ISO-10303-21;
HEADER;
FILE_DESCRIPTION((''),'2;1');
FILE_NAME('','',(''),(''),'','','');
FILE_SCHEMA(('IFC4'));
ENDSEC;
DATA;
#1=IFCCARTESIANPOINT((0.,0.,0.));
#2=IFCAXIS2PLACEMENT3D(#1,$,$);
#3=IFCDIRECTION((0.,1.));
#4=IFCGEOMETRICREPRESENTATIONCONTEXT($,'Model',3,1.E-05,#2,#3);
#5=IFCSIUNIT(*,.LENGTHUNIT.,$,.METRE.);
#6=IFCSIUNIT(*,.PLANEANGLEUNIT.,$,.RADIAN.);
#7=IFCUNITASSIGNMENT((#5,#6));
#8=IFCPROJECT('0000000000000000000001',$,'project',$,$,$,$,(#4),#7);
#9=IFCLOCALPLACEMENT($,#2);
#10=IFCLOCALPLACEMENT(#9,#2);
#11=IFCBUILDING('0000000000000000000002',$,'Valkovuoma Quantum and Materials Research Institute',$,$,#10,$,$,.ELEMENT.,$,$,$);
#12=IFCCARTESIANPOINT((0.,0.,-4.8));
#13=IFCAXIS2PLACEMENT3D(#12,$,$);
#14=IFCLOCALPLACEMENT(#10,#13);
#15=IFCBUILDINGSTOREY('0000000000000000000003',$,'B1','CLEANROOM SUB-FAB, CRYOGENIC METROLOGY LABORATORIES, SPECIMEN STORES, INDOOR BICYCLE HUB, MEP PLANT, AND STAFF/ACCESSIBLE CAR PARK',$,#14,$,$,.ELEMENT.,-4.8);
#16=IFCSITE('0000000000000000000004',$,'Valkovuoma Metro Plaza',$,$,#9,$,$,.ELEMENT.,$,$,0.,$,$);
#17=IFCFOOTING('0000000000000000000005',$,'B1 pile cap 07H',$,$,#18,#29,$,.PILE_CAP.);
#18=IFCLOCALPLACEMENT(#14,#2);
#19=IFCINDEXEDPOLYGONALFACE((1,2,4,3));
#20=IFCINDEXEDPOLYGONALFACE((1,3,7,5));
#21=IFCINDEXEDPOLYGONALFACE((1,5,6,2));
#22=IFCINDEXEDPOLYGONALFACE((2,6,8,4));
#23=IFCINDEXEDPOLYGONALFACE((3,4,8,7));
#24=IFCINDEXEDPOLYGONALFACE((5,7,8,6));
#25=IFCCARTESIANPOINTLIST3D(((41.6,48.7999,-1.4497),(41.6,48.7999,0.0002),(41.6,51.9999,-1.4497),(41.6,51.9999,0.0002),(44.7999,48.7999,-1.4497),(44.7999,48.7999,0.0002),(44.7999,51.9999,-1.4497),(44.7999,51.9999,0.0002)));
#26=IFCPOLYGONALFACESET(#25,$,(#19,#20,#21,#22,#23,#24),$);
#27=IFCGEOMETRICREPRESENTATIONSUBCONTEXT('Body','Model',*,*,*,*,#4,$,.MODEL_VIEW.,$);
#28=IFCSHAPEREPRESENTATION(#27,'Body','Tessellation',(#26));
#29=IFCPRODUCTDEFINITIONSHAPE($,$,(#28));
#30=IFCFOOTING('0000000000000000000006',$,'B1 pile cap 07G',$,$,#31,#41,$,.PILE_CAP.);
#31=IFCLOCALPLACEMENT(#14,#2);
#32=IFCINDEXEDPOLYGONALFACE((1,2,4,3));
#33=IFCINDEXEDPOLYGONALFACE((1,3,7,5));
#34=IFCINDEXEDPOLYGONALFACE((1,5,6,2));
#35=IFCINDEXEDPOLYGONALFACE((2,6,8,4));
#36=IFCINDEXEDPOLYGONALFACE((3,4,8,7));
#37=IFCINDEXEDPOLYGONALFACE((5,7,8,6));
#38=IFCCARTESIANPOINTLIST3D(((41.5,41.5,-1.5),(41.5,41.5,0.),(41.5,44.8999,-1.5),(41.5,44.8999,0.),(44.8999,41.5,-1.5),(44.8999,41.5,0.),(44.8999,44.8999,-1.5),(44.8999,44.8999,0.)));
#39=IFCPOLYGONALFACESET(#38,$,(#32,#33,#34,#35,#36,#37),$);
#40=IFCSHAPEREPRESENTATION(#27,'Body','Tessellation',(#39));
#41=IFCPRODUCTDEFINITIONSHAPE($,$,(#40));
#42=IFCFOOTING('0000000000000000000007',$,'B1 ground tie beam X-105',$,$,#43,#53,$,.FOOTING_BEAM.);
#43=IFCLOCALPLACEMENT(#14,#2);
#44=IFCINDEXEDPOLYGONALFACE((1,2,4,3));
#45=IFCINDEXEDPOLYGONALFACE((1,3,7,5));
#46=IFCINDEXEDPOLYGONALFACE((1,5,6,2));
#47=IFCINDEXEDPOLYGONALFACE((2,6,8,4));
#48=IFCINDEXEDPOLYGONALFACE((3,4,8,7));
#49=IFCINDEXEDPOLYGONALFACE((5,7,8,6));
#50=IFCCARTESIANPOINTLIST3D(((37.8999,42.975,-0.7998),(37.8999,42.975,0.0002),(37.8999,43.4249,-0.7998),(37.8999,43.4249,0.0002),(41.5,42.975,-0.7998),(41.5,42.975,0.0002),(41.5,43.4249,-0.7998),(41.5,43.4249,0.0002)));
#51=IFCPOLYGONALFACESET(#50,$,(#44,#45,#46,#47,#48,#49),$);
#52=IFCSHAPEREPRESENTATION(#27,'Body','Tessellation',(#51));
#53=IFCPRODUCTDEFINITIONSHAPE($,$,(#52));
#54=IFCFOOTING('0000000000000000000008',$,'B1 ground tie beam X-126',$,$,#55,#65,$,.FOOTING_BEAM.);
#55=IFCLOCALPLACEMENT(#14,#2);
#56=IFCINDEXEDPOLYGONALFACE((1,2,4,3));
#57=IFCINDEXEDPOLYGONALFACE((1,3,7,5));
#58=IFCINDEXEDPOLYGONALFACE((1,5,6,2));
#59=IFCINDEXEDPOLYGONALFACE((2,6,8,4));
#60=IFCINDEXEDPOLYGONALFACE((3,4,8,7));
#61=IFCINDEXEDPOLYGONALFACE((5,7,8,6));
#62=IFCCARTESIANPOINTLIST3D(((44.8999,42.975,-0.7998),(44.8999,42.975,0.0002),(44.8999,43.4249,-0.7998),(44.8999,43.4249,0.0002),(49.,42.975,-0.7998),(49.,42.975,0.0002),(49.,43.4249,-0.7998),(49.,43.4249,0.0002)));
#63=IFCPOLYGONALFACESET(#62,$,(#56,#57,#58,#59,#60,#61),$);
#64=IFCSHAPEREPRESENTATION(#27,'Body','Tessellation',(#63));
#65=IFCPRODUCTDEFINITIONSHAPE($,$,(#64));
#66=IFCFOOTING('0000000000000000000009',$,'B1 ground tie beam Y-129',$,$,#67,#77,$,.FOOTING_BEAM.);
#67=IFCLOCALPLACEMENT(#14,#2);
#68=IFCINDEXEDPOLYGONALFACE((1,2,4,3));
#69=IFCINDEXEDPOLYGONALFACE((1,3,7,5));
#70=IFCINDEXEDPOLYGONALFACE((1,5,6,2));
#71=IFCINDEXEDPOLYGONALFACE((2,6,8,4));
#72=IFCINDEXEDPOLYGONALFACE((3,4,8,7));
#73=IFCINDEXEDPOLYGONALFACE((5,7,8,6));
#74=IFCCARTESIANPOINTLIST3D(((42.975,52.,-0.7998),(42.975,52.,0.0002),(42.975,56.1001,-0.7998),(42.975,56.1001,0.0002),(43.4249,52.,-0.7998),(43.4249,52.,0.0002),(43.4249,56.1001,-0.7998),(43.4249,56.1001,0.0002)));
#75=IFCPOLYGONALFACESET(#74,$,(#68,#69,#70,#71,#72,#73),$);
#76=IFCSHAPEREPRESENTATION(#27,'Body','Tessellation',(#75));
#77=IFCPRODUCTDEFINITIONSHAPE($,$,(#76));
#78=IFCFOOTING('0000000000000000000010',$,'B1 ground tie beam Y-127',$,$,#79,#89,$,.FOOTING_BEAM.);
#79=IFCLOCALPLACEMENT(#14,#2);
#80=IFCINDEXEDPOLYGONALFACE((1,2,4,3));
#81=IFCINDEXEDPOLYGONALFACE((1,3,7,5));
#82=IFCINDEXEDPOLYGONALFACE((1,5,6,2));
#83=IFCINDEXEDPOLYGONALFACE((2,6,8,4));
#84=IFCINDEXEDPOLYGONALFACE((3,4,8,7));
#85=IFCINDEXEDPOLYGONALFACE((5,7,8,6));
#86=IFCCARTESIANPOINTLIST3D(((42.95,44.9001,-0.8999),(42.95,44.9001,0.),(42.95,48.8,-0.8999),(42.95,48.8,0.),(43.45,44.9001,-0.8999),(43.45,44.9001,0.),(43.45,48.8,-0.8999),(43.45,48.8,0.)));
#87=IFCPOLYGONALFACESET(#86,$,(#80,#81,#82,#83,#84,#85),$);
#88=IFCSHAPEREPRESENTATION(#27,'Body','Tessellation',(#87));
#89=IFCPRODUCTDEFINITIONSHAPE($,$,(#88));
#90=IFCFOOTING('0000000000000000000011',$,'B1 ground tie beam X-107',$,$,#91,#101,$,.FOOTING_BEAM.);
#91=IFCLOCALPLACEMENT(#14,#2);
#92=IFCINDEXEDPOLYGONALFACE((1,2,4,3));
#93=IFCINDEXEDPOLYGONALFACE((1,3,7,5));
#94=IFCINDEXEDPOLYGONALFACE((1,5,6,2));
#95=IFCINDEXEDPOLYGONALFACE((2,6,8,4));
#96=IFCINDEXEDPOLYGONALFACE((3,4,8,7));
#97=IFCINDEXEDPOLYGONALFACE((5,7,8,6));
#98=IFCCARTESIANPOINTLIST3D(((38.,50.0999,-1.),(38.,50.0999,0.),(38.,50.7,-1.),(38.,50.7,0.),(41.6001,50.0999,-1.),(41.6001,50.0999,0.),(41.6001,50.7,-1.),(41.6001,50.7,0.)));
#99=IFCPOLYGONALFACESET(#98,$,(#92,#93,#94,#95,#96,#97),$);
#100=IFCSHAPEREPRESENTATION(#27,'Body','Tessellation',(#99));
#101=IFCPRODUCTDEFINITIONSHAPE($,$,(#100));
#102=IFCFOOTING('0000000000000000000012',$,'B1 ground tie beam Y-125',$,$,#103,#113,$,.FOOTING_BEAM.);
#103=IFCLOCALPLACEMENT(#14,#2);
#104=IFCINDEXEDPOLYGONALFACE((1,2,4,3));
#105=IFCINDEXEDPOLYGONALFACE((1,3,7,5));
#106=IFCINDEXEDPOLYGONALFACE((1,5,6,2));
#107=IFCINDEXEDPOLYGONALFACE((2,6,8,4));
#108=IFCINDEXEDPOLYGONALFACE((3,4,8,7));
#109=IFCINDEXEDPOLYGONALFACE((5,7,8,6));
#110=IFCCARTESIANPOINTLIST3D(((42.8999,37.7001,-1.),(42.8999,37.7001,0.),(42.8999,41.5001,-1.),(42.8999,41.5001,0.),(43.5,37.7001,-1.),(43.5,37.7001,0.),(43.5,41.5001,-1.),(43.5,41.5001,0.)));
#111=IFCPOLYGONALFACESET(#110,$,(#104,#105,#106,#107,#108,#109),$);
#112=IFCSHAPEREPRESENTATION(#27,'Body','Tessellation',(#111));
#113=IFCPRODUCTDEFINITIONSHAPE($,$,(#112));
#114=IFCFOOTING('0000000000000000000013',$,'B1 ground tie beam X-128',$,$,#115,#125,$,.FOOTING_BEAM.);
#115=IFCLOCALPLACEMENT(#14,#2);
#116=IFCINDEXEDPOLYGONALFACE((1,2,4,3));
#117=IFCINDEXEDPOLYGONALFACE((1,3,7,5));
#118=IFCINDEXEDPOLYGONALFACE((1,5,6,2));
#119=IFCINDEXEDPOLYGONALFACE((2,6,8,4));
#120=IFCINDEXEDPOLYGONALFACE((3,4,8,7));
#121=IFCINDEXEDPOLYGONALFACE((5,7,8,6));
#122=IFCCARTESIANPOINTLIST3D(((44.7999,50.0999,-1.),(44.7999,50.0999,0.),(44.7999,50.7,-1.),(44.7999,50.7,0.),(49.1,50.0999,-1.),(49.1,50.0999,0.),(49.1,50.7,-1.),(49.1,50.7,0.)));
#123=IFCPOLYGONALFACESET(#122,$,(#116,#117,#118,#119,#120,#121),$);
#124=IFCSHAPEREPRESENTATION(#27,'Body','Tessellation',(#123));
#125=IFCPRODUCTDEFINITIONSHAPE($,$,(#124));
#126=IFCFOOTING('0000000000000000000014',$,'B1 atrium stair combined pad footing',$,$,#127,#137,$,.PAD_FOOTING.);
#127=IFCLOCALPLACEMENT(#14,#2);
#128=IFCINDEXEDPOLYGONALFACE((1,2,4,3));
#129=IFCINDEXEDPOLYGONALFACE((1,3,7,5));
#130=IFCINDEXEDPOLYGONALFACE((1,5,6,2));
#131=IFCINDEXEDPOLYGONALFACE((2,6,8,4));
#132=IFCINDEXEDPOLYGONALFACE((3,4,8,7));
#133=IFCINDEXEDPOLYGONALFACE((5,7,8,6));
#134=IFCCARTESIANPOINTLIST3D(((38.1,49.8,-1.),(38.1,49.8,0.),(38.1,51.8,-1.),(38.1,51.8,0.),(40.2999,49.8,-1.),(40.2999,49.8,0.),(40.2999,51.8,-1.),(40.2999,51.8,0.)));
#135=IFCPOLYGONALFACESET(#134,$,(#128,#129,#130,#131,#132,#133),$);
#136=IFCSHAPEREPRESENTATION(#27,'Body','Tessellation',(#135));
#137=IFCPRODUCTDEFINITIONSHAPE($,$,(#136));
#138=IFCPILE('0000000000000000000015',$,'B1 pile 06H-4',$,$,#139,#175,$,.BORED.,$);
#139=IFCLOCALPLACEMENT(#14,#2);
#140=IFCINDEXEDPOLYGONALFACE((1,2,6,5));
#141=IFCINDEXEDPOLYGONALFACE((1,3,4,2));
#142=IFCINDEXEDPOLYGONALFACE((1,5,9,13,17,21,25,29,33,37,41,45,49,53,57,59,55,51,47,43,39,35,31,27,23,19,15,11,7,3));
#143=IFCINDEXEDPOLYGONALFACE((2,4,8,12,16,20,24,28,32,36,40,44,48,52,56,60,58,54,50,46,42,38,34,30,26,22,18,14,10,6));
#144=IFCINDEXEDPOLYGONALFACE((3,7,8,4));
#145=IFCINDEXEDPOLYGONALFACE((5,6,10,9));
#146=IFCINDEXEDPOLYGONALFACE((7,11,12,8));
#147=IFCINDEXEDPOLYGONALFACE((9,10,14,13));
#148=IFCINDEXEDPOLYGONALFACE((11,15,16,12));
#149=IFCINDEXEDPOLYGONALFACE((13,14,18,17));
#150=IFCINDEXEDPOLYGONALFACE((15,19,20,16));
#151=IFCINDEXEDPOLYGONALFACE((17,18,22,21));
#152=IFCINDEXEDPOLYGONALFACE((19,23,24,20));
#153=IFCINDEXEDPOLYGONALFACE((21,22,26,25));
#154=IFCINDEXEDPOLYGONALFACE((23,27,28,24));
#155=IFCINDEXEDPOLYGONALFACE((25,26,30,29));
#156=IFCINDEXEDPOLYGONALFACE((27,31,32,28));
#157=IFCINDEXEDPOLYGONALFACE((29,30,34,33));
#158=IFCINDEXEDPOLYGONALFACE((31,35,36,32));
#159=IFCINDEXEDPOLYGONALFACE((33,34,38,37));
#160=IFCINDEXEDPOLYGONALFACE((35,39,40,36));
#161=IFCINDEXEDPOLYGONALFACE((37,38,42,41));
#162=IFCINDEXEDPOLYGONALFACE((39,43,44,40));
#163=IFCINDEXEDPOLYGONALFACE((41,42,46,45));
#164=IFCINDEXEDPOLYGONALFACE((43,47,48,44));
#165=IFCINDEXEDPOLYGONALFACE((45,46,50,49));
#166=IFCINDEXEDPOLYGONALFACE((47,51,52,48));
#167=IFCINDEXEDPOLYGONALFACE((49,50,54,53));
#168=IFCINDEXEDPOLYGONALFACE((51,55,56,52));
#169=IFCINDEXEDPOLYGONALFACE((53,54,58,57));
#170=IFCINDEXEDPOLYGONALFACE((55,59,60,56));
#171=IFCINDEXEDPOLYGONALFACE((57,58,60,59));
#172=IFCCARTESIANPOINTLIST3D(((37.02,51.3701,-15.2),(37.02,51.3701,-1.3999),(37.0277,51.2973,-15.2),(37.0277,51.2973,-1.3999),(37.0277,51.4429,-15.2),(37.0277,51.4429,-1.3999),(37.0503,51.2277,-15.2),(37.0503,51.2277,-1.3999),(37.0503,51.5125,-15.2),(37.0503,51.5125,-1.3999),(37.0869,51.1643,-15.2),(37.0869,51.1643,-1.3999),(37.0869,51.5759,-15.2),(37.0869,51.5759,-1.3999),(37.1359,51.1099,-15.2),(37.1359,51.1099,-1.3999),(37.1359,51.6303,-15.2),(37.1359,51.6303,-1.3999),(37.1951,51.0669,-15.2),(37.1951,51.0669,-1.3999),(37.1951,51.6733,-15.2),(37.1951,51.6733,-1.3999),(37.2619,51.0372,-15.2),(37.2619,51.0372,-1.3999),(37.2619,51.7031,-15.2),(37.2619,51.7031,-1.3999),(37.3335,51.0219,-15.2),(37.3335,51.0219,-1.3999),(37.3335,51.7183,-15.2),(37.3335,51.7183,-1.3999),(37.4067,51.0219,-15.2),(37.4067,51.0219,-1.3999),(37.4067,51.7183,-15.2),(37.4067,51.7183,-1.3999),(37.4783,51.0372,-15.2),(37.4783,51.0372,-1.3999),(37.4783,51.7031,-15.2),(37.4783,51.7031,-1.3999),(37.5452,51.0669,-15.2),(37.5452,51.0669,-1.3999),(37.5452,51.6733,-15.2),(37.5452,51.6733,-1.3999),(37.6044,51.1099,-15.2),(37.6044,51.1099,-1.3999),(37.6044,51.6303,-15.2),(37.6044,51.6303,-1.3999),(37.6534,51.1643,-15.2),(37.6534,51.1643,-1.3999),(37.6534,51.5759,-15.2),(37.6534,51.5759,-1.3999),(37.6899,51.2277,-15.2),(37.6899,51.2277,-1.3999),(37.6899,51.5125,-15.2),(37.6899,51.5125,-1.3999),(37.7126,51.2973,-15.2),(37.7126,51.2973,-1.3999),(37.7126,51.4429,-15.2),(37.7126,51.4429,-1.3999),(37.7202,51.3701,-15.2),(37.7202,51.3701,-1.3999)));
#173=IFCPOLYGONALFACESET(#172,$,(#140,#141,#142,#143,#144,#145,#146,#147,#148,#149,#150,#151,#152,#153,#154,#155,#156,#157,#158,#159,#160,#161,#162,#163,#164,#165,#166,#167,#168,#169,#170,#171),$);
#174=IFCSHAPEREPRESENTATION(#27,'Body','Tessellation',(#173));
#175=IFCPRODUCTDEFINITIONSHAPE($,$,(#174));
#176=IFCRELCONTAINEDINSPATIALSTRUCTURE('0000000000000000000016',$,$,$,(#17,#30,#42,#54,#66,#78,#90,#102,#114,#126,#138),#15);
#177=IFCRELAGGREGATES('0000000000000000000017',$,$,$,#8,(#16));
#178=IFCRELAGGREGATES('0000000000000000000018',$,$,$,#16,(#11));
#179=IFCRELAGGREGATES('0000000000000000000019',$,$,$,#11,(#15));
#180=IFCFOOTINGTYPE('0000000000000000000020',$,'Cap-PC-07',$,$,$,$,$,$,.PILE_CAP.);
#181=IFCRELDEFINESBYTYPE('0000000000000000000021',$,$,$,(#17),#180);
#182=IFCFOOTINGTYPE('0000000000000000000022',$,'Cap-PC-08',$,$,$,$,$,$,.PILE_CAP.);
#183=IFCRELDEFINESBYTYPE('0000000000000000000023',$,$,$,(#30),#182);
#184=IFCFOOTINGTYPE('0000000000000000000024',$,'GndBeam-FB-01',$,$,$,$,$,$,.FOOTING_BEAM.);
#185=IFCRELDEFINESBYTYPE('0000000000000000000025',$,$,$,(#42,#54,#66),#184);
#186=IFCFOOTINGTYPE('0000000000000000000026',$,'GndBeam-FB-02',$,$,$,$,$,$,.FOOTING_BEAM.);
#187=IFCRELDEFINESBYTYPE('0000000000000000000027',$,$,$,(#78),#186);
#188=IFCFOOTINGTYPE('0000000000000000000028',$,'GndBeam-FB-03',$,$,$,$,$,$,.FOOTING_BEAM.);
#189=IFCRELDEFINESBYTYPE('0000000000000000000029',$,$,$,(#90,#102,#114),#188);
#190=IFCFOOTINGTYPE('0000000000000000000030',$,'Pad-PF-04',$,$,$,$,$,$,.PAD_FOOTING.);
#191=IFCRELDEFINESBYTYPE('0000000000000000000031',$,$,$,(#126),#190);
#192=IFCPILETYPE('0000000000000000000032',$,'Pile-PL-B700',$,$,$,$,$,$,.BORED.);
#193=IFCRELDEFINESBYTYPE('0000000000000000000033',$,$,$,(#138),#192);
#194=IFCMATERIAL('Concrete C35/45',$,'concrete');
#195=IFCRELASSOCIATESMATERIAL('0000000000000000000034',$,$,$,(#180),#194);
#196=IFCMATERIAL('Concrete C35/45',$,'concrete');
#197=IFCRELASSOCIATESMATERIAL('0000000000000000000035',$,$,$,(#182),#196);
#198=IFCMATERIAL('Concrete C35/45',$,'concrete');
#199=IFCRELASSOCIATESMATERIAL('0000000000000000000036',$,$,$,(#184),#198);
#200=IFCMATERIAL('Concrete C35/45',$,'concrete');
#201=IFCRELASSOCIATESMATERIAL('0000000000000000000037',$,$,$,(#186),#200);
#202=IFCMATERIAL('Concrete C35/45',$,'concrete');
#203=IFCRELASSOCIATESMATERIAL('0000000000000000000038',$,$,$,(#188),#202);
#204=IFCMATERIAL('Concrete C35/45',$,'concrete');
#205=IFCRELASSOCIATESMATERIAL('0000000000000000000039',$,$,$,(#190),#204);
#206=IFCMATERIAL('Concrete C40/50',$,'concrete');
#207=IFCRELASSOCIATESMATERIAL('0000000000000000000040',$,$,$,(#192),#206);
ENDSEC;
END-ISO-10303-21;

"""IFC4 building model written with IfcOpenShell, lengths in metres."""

from ifc_helpers import new_model, si_unit, direction, frame, origin, origin_2d, place, context, subcontext, project, spatial, rectangle, circle, extrude, material, material_profile, profile_set, type_object, element, save


model = new_model("IFC4")

# Units and contexts
model_context = context("Model", 3, precision=1e-05, world=origin(), true_north=direction((0.0, 1.0)))
body_context = subcontext(model_context, "Body", "Model", "MODEL_VIEW")
ifc_project = project(units=[si_unit("LENGTHUNIT", "METRE"), si_unit("PLANEANGLEUNIT", "RADIAN")], contexts=[model_context])

# Site, building, storey
site_placement = place(None, origin())
site = spatial("IfcSite", under=ifc_project, at=site_placement, Name="Valkovuoma Metro Plaza", CompositionType="ELEMENT", RefElevation=0.0)
building_placement = place(site_placement, origin())
building = spatial("IfcBuilding", under=site, at=building_placement, Name="Valkovuoma Quantum and Materials Research Institute", CompositionType="ELEMENT")
storey_placement = place(building_placement, frame((0.0, 0.0, -4.8)))
storey = spatial("IfcBuildingStorey", under=building, at=storey_placement, Name="B1", Description="CLEANROOM SUB-FAB, CRYOGENIC METROLOGY LABORATORIES, SPECIMEN STORES, INDOOR BICYCLE HUB, MEP PLANT, AND STAFF/ACCESSIBLE CAR PARK", CompositionType="ELEMENT", Elevation=-4.8)

# Footings
ifc_material_1 = material(Name="Concrete C35/45", Category="concrete")
footing_type_1 = type_object("IfcFootingType", Name="Cap-PC-07", PredefinedType="PILE_CAP", material=ifc_material_1)
footing_1_placement = place(storey_placement, frame((43.2, 50.3999, -1.4497), z_axis=(0.0, 0.0, 1.0), x_axis=(1.0, 0.0, 0.0)))
element("IfcFooting", 1, at=footing_1_placement, inside=storey, type_object=footing_type_1, Name="B1 pile cap 07H", PredefinedType="PILE_CAP", context=body_context, shape_type="SweptSolid", body=[
    extrude(rectangle(XDim=3.2, YDim=3.2, at=origin_2d()), origin(), (0.0, 0.0, 1.0), 1.45),
])
ifc_material_2 = material(Name="Concrete C35/45", Category="concrete")
footing_type_2 = type_object("IfcFootingType", Name="Cap-PC-08", PredefinedType="PILE_CAP", material=ifc_material_2)
footing_2_placement = place(storey_placement, frame((43.2, 43.2, -1.5), z_axis=(0.0, 0.0, 1.0), x_axis=(1.0, 0.0, 0.0)))
element("IfcFooting", 2, at=footing_2_placement, inside=storey, type_object=footing_type_2, Name="B1 pile cap 07G", PredefinedType="PILE_CAP", context=body_context, shape_type="SweptSolid", body=[
    extrude(rectangle(XDim=3.3999, YDim=3.3999, at=origin_2d()), origin(), (0.0, 0.0, 1.0), 1.5),
])
ifc_material_3 = material(Name="Concrete C35/45", Category="concrete")
footing_type_3 = type_object("IfcFootingType", Name="GndBeam-FB-01", PredefinedType="FOOTING_BEAM", material=ifc_material_3)
footing_3_placement = place(storey_placement, frame((39.7, 43.2, -0.7998), z_axis=(0.0, 0.0, 1.0), x_axis=(1.0, 0.0, 0.0)))
element("IfcFooting", 3, at=footing_3_placement, inside=storey, type_object=footing_type_3, Name="B1 ground tie beam X-105", PredefinedType="FOOTING_BEAM", context=body_context, shape_type="SweptSolid", body=[
    extrude(rectangle(XDim=3.6001, YDim=0.45, at=origin_2d()), origin(), (0.0, 0.0, 1.0), 0.8),
])
for number, where, z_axis, x_axis, name in (
    (4, (46.95, 43.2, -0.7998), (0.0, 0.0, 1.0), (1.0, 0.0, 0.0), "B1 ground tie beam X-126"),
    (5, (43.2, 54.05, -0.7998), (0.0, 0.0, 1.0), (0.0, 1.0, 0.0), "B1 ground tie beam Y-129"),
):
    element("IfcFooting", number, at=place(storey_placement, frame(where, z_axis=z_axis, x_axis=x_axis)), inside=storey, type_object=footing_type_3, Name=name, PredefinedType="FOOTING_BEAM", context=body_context, shape_type="SweptSolid", body=[
        extrude(rectangle(XDim=4.1001, YDim=0.45, at=origin_2d()), origin(), (0.0, 0.0, 1.0), 0.8),
    ])
ifc_material_4 = material(Name="Concrete C35/45", Category="concrete")
footing_type_4 = type_object("IfcFootingType", Name="GndBeam-FB-02", PredefinedType="FOOTING_BEAM", material=ifc_material_4)
footing_4_placement = place(storey_placement, frame((43.2, 46.8501, -0.8999), z_axis=(0.0, 0.0, 1.0), x_axis=(0.0, 1.0, 0.0)))
element("IfcFooting", 6, at=footing_4_placement, inside=storey, type_object=footing_type_4, Name="B1 ground tie beam Y-127", PredefinedType="FOOTING_BEAM", context=body_context, shape_type="SweptSolid", body=[
    extrude(rectangle(XDim=3.8999, YDim=0.5, at=origin_2d()), origin(), (0.0, 0.0, 1.0), 0.8999),
])
ifc_material_5 = material(Name="Concrete C35/45", Category="concrete")
footing_type_5 = type_object("IfcFootingType", Name="GndBeam-FB-03", PredefinedType="FOOTING_BEAM", material=ifc_material_5)
footing_5_placement = place(storey_placement, frame((39.8, 50.3999, -1.0), z_axis=(0.0, 0.0, 1.0), x_axis=(1.0, 0.0, 0.0)))
element("IfcFooting", 7, at=footing_5_placement, inside=storey, type_object=footing_type_5, Name="B1 ground tie beam X-107", PredefinedType="FOOTING_BEAM", context=body_context, shape_type="SweptSolid", body=[
    extrude(rectangle(XDim=3.6001, YDim=0.6001, at=origin_2d()), origin(), (0.0, 0.0, 1.0), 1.0),
])
footing_6_placement = place(storey_placement, frame((43.2, 39.6001, -1.0), z_axis=(0.0, 0.0, 1.0), x_axis=(0.0, 1.0, 0.0)))
element("IfcFooting", 8, at=footing_6_placement, inside=storey, type_object=footing_type_5, Name="B1 ground tie beam Y-125", PredefinedType="FOOTING_BEAM", context=body_context, shape_type="SweptSolid", body=[
    extrude(rectangle(XDim=3.8, YDim=0.6001, at=origin_2d()), origin(), (0.0, 0.0, 1.0), 1.0),
])
footing_7_placement = place(storey_placement, frame((46.95, 50.3999, -1.0), z_axis=(0.0, 0.0, 1.0), x_axis=(1.0, 0.0, 0.0)))
element("IfcFooting", 9, at=footing_7_placement, inside=storey, type_object=footing_type_5, Name="B1 ground tie beam X-128", PredefinedType="FOOTING_BEAM", context=body_context, shape_type="SweptSolid", body=[
    extrude(rectangle(XDim=4.3, YDim=0.6001, at=origin_2d()), origin(), (0.0, 0.0, 1.0), 1.0),
])
ifc_material_6 = material(Name="Concrete C35/45", Category="concrete")
footing_type_6 = type_object("IfcFootingType", Name="Pad-PF-04", PredefinedType="PAD_FOOTING", material=ifc_material_6)
footing_8_placement = place(storey_placement, frame((39.2, 50.8, -1.0), z_axis=(0.0, 0.0, 1.0), x_axis=(1.0, 0.0, 0.0)))
element("IfcFooting", 10, at=footing_8_placement, inside=storey, type_object=footing_type_6, Name="B1 atrium stair combined pad footing", PredefinedType="PAD_FOOTING", context=body_context, shape_type="SweptSolid", body=[
    extrude(rectangle(XDim=2.2, YDim=2.0, at=origin_2d()), origin(), (0.0, 0.0, 1.0), 1.0),
])

# Pile
ifc_material_7 = material(Name="Concrete C40/50", Category="concrete")
ifc_material_profile_1 = material_profile(ifc_material_7, circle(Radius=0.3501, at=origin_2d()), Name="Concrete C40/50")
ifc_profile_set_1 = profile_set([ifc_material_profile_1], Name="Concrete C40/50")
pile_type_1 = type_object("IfcPileType", Name="Pile-PL-B700", PredefinedType="BORED", material=ifc_profile_set_1)
pile_placement = place(storey_placement, frame((37.3701, 51.3701, -1.3999), z_axis=(0.0, 0.0, -1.0), x_axis=(1.0, 0.0, 0.0)))
element("IfcPile", 11, at=pile_placement, inside=storey, type_object=pile_type_1, Name="B1 pile 06H-4", PredefinedType="BORED", context=body_context, shape_type="SweptSolid", body=[
    extrude(circle(Radius=0.3501, at=origin_2d()), origin(), (0.0, 0.0, 1.0), 13.8),
])

save(model, "model.ifc")
